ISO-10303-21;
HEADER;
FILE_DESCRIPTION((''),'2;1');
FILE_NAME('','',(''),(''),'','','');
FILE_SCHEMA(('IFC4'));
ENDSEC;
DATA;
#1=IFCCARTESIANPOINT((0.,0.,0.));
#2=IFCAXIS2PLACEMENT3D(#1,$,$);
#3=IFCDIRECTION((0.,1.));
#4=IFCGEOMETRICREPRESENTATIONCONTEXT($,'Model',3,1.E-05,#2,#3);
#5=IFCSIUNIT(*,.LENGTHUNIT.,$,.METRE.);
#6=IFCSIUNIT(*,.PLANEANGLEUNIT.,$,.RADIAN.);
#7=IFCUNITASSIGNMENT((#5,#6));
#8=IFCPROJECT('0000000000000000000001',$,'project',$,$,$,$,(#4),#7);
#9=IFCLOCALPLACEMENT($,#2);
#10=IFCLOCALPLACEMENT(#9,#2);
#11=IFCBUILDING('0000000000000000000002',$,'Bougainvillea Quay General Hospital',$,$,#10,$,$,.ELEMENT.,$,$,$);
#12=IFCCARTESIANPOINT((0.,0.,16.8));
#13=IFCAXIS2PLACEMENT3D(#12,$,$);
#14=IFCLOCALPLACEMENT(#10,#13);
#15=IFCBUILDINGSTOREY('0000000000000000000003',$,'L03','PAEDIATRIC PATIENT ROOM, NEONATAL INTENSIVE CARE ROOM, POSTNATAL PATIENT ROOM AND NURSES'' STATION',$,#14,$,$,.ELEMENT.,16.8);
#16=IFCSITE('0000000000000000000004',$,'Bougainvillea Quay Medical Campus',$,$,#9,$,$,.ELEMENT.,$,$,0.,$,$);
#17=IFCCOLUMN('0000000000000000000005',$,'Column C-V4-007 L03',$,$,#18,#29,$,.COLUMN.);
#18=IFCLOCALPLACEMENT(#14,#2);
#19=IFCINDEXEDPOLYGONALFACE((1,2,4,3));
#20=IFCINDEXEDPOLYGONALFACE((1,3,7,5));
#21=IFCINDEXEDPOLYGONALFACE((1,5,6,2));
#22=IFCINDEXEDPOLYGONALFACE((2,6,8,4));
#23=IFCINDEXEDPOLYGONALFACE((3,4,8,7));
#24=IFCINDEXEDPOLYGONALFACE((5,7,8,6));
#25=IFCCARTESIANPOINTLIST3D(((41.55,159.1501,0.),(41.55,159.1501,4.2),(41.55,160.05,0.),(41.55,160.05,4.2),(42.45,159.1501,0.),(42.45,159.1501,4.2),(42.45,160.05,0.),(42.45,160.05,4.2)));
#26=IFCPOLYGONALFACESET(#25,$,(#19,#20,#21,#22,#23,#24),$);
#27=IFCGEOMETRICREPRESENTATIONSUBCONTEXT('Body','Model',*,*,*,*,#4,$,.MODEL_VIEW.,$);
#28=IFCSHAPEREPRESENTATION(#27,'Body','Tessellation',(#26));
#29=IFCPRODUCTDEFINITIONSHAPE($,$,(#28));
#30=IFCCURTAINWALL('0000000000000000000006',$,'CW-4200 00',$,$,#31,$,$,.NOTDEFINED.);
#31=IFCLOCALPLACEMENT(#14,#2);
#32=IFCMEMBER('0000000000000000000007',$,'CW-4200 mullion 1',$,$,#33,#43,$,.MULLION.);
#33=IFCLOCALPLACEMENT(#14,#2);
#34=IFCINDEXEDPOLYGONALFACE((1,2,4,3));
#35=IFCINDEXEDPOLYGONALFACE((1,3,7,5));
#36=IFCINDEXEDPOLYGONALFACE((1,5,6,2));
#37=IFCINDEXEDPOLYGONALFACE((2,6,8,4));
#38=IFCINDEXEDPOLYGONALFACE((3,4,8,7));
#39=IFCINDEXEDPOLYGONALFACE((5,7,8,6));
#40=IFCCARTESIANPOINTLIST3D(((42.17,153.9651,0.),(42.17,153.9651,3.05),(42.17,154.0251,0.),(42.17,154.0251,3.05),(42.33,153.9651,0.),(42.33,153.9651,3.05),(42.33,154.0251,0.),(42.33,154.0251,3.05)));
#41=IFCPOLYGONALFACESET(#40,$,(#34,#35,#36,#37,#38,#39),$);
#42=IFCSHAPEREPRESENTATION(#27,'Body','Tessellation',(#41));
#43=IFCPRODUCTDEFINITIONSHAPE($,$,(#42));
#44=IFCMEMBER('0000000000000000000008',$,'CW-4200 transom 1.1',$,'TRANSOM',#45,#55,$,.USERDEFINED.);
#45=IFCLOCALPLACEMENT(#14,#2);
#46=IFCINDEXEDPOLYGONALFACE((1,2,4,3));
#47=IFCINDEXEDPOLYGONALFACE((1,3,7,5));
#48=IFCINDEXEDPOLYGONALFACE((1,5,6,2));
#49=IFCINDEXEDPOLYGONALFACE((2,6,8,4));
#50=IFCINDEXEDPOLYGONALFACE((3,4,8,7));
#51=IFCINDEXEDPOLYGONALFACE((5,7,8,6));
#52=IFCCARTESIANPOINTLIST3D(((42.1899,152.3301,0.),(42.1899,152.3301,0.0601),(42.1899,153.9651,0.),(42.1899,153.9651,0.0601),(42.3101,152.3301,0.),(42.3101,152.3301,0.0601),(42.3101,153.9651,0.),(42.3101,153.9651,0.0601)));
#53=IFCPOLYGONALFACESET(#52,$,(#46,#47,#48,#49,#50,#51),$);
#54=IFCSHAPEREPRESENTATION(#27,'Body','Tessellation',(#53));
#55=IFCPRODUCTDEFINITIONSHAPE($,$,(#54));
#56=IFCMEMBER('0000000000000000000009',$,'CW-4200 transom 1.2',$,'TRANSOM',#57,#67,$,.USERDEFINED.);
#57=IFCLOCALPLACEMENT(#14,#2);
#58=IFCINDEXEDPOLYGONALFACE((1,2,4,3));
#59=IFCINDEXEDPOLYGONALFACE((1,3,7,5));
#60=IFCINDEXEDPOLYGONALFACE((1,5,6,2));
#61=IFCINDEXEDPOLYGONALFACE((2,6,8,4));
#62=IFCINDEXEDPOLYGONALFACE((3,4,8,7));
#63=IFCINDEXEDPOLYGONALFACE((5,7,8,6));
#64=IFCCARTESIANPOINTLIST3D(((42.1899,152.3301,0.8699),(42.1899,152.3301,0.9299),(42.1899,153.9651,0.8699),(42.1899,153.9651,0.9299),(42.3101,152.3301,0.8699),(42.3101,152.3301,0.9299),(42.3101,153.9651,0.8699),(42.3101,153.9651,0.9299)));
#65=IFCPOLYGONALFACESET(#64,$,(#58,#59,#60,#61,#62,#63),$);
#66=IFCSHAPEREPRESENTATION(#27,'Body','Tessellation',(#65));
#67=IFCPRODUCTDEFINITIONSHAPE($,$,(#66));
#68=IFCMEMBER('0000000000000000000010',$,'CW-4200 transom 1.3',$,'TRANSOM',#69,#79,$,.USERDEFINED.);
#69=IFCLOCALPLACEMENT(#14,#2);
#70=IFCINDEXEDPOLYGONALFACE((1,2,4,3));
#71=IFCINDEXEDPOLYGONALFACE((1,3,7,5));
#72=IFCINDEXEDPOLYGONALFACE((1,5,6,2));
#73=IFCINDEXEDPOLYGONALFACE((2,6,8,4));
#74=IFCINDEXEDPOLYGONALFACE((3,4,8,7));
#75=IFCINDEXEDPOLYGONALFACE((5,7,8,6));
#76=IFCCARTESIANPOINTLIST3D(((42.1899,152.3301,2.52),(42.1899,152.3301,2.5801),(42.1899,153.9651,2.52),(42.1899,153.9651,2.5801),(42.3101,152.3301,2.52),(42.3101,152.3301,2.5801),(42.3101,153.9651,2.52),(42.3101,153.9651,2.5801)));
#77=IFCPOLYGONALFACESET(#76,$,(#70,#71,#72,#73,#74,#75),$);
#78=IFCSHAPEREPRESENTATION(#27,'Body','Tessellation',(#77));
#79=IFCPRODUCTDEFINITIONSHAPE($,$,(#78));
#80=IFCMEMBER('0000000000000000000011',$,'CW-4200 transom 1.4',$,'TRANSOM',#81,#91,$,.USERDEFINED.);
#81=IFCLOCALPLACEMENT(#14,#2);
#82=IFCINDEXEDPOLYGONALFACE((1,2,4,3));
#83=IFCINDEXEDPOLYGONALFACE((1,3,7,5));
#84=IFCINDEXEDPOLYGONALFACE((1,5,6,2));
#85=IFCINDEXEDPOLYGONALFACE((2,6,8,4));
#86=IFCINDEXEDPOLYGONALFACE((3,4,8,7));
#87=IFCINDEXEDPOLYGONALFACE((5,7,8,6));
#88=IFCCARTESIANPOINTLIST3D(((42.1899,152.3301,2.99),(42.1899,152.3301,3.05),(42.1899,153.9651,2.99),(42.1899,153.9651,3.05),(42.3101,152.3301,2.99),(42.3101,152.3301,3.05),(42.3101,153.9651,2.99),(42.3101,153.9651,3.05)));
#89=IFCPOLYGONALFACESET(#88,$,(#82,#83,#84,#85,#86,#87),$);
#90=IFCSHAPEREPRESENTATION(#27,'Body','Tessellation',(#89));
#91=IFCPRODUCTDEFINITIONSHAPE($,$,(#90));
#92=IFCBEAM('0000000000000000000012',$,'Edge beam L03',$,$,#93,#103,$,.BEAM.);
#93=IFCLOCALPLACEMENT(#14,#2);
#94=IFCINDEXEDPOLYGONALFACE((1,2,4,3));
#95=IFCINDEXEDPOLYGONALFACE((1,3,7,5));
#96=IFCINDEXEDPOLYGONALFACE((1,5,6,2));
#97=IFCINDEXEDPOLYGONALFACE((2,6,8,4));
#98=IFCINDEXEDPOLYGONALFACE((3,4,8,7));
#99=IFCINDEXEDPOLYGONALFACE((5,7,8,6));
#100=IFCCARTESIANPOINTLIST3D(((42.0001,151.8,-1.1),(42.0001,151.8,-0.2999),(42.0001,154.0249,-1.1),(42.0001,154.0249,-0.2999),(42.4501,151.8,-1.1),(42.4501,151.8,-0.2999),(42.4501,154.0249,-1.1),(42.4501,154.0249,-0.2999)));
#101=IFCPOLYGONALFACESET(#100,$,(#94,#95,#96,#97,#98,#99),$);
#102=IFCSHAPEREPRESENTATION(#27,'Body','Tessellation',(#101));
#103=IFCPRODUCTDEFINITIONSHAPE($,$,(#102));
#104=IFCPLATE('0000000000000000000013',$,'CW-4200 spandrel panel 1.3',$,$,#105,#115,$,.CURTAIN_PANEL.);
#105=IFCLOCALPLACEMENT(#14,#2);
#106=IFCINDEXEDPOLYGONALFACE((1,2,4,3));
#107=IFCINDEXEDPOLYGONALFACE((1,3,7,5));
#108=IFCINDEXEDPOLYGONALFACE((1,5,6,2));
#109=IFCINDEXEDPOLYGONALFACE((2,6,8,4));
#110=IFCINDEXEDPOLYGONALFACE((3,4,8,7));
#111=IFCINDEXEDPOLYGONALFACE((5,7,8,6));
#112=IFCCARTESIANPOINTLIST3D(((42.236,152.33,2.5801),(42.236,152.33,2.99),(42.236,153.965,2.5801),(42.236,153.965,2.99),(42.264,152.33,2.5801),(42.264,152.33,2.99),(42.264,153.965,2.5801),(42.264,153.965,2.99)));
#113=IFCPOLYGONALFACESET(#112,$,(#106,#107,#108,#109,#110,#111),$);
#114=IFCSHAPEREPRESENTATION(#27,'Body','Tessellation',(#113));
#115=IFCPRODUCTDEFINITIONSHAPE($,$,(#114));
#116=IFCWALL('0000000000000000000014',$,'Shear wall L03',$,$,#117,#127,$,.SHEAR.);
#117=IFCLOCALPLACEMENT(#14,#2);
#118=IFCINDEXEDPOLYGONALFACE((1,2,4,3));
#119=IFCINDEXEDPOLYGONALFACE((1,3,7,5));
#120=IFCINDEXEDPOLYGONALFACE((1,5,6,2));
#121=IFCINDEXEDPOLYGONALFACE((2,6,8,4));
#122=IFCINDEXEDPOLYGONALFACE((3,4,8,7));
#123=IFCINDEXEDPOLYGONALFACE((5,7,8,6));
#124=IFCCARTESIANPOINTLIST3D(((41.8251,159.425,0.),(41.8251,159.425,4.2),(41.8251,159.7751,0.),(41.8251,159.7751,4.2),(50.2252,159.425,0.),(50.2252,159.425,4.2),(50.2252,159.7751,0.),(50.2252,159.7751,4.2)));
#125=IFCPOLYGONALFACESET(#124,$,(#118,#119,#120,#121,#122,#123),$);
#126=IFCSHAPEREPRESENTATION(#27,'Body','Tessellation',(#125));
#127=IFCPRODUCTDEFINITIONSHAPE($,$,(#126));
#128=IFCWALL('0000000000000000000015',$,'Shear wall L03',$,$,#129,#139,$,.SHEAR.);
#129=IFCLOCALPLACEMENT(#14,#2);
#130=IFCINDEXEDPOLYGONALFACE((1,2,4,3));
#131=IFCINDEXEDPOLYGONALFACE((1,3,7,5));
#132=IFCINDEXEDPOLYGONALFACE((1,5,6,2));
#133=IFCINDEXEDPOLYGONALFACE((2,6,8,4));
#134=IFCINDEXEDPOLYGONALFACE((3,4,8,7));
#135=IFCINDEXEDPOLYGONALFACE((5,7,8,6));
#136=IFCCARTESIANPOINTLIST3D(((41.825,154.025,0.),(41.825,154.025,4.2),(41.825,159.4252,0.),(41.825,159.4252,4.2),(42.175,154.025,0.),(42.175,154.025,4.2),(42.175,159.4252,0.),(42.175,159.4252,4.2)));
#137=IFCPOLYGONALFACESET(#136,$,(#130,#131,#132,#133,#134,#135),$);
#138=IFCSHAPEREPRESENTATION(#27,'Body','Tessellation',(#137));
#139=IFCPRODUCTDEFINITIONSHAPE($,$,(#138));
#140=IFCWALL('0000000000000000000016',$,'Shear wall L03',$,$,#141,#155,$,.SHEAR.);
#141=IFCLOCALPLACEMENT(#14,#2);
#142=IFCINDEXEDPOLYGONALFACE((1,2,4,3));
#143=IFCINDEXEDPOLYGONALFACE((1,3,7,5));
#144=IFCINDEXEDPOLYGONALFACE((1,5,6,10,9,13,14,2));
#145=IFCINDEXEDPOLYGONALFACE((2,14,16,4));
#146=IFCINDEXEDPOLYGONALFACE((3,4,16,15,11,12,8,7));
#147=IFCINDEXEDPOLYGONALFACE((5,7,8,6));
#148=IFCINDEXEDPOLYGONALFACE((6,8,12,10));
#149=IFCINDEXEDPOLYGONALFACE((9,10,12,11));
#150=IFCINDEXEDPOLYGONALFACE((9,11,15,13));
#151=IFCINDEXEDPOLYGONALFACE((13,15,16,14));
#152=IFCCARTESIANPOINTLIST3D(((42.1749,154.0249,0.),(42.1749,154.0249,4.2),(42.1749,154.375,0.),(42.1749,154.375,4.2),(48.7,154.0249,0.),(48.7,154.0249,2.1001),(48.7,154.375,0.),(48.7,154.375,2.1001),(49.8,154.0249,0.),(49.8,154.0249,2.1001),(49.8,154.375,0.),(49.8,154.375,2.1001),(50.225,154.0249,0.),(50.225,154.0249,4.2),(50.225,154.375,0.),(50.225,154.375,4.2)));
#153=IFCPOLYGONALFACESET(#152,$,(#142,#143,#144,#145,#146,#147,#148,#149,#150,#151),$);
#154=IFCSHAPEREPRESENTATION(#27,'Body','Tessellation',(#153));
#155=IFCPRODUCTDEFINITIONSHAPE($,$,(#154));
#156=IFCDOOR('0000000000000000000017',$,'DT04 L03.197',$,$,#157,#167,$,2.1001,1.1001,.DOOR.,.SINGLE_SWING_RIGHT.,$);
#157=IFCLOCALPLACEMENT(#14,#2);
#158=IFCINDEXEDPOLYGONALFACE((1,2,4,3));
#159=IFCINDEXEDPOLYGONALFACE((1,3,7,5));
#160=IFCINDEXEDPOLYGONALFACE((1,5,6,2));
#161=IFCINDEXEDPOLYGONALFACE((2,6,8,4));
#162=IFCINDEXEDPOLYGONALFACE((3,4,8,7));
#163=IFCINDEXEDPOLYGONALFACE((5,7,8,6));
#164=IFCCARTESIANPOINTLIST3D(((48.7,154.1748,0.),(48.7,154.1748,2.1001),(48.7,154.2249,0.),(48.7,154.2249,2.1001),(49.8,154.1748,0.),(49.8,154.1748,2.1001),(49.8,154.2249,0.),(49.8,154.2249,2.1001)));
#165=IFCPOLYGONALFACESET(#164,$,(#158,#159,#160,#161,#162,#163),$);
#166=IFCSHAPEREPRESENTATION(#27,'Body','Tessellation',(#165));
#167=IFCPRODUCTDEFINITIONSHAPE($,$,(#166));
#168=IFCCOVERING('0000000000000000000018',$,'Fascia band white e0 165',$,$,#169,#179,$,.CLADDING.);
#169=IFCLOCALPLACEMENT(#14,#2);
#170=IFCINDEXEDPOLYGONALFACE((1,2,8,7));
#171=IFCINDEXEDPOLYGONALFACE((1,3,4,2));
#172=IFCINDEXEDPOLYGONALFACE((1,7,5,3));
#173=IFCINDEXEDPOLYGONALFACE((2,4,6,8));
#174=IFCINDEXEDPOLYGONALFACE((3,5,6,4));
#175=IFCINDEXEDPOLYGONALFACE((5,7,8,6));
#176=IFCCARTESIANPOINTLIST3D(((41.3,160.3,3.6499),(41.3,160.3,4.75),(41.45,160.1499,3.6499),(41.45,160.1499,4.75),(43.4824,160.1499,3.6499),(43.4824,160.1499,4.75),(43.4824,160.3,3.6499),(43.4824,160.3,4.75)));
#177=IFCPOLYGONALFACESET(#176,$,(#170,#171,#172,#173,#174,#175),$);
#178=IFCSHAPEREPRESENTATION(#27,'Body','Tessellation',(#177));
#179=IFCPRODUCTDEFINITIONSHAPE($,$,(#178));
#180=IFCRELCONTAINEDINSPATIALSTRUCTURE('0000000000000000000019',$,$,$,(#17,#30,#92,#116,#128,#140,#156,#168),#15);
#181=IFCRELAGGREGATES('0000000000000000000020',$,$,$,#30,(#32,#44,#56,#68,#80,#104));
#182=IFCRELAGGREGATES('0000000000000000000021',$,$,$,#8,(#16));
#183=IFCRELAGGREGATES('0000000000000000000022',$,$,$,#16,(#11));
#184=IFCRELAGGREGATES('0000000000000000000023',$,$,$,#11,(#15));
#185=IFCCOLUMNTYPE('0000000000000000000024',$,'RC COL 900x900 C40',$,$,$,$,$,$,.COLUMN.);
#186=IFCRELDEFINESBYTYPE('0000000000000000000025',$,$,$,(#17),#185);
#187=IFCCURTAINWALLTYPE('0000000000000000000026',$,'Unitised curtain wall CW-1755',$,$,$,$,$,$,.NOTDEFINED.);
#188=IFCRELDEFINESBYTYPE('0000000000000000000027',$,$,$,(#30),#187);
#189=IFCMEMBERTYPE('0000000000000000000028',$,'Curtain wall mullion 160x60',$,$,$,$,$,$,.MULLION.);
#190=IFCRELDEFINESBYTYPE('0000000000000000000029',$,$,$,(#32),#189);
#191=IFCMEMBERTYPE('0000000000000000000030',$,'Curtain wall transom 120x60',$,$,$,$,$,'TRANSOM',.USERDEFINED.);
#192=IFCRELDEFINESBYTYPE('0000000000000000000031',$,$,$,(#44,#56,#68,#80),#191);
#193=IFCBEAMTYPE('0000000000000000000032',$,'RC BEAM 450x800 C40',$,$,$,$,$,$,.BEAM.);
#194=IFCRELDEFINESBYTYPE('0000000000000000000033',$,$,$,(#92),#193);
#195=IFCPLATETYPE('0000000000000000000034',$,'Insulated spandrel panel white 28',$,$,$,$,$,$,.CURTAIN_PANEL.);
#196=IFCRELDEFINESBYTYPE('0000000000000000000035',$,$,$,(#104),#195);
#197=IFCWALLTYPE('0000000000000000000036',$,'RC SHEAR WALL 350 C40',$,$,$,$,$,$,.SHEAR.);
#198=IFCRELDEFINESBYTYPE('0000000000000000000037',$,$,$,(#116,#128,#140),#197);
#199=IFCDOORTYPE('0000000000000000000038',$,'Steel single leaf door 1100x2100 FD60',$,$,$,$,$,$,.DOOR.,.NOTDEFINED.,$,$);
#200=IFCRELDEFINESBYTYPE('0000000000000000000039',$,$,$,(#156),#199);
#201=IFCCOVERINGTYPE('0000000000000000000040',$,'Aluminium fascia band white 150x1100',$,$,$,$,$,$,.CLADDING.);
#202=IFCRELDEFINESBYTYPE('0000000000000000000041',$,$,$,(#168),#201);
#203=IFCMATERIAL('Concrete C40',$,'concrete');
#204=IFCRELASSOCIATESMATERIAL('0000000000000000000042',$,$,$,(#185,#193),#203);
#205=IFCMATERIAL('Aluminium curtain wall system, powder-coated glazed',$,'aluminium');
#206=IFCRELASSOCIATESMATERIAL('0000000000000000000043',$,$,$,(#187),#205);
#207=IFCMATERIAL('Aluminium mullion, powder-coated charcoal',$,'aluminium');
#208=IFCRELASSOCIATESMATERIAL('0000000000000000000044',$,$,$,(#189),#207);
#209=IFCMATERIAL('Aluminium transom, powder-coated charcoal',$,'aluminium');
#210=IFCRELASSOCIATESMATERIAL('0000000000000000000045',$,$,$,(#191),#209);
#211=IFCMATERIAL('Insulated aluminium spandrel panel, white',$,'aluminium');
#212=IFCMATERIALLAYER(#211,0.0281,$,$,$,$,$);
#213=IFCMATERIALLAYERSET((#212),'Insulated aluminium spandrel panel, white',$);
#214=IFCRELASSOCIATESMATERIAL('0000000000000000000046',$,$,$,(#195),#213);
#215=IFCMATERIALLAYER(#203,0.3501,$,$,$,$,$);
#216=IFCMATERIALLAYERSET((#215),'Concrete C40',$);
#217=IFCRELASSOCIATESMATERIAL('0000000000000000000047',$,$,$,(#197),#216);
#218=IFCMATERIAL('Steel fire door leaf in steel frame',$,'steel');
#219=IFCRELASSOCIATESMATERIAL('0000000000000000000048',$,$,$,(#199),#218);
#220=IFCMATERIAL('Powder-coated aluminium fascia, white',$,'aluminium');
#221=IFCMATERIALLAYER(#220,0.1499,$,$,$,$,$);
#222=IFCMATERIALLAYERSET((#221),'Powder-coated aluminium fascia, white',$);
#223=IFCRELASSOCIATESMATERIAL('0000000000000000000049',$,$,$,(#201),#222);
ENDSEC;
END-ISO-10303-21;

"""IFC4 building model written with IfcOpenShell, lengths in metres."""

from ifc_helpers import new_model, si_unit, direction, frame, frame_2d, origin, origin_2d, place, context, subcontext, project, spatial, polyline, rectangle, outline, extrude, material, layer, layer_set, material_profile, profile_set, type_object, element, fill, aggregate, save


model = new_model("IFC4")

# Units and contexts
model_context = context("Model", 3, precision=1e-05, world=origin(), true_north=direction((0.0, 1.0)))
body_context = subcontext(model_context, "Body", "Model", "MODEL_VIEW")
ifc_project = project(units=[si_unit("LENGTHUNIT", "METRE"), si_unit("PLANEANGLEUNIT", "RADIAN")], contexts=[model_context])

# Site, building, storey
site_placement = place(None, origin())
site = spatial("IfcSite", under=ifc_project, at=site_placement, Name="Bougainvillea Quay Medical Campus", CompositionType="ELEMENT", RefElevation=0.0)
building_placement = place(site_placement, origin())
building = spatial("IfcBuilding", under=site, at=building_placement, Name="Bougainvillea Quay General Hospital", CompositionType="ELEMENT")
storey_placement = place(building_placement, frame((0.0, 0.0, 16.8)))
storey = spatial("IfcBuildingStorey", under=building, at=storey_placement, Name="L03", Description="PAEDIATRIC PATIENT ROOM, NEONATAL INTENSIVE CARE ROOM, POSTNATAL PATIENT ROOM AND NURSES' STATION", CompositionType="ELEMENT", Elevation=16.8)

# Column
ifc_material_1 = material(Name="Concrete C40", Category="concrete")
ifc_material_profile_1 = material_profile(ifc_material_1, rectangle(XDim=0.8999, YDim=0.8999, at=origin_2d()))
ifc_profile_set_1 = profile_set([ifc_material_profile_1], Name="Concrete C40")
column_type = type_object("IfcColumnType", Name="RC COL 900x900 C40", PredefinedType="COLUMN", material=ifc_profile_set_1)
column_placement = place(storey_placement, frame((42.0, 159.6001, 0.0), z_axis=(0.0, 0.0, 1.0), x_axis=(1.0, 0.0, 0.0)))
element("IfcColumn", 1, at=column_placement, inside=storey, type_object=column_type, Name="Column C-V4-007 L03", PredefinedType="COLUMN", context=body_context, shape_type="SweptSolid", body=[
    extrude(rectangle(XDim=0.8999, YDim=0.8999, at=origin_2d()), origin(), (0.0, 0.0, 1.0), 4.2),
])

# Curtain wall, members
ifc_material_2 = material(Name="Aluminium curtain wall system, powder-coated glazed", Category="aluminium")
curtain_wall_type = type_object("IfcCurtainWallType", Name="Unitised curtain wall CW-1755", PredefinedType="NOTDEFINED", material=ifc_material_2)
curtain_wall_placement = place(storey_placement, origin())
curtain_wall = element("IfcCurtainWall", 2, at=curtain_wall_placement, inside=storey, type_object=curtain_wall_type, Name="CW-4200 00", PredefinedType="NOTDEFINED")
ifc_material_3 = material(Name="Aluminium mullion, powder-coated charcoal", Category="aluminium")
ifc_material_profile_2 = material_profile(ifc_material_3, rectangle(XDim=0.1599, YDim=0.0601, at=origin_2d()))
ifc_profile_set_2 = profile_set([ifc_material_profile_2], Name="Aluminium mullion, powder-coated charcoal")
member_type_1 = type_object("IfcMemberType", Name="Curtain wall mullion 160x60", PredefinedType="MULLION", material=ifc_profile_set_2)
member_1_placement = place(storey_placement, frame((42.25, 153.9951, 0.0), z_axis=(0.0, 0.0, 1.0), x_axis=(1.0, 0.0, 0.0)))
member_1 = element("IfcMember", 3, at=member_1_placement, type_object=member_type_1, Name="CW-4200 mullion 1", PredefinedType="MULLION", context=body_context, shape_type="SweptSolid", body=[
    extrude(rectangle(XDim=0.1599, YDim=0.0601, at=origin_2d()), origin(), (0.0, 0.0, 1.0), 3.05),
])
ifc_material_4 = material(Name="Aluminium transom, powder-coated charcoal", Category="aluminium")
ifc_material_profile_3 = material_profile(ifc_material_4, rectangle(XDim=0.1201, YDim=0.0601, at=origin_2d()))
ifc_profile_set_3 = profile_set([ifc_material_profile_3], Name="Aluminium transom, powder-coated charcoal")
member_type_2 = type_object("IfcMemberType", Name="Curtain wall transom 120x60", ElementType="TRANSOM", PredefinedType="USERDEFINED", material=ifc_profile_set_3)
member_2_placement = place(storey_placement, frame((42.25, 153.9651, 0.03), z_axis=(0.0, -1.0, 0.0), x_axis=(1.0, 0.0, 0.0)))
member_2 = element("IfcMember", 4, at=member_2_placement, type_object=member_type_2, Name="CW-4200 transom 1.1", ObjectType="TRANSOM", PredefinedType="USERDEFINED", context=body_context, shape_type="SweptSolid", body=[
    extrude(rectangle(XDim=0.1201, YDim=0.0601, at=origin_2d()), origin(), (0.0, 0.0, 1.0), 1.635),
])
member_3_placement = place(storey_placement, frame((42.25, 153.9651, 0.8999), z_axis=(0.0, -1.0, 0.0), x_axis=(1.0, 0.0, 0.0)))
member_3 = element("IfcMember", 5, at=member_3_placement, type_object=member_type_2, Name="CW-4200 transom 1.2", ObjectType="TRANSOM", PredefinedType="USERDEFINED", context=body_context, shape_type="SweptSolid", body=[
    extrude(rectangle(XDim=0.1201, YDim=0.0601, at=origin_2d()), origin(), (0.0, 0.0, 1.0), 1.635),
])
member_4_placement = place(storey_placement, frame((42.25, 153.9651, 2.55), z_axis=(0.0, -1.0, 0.0), x_axis=(1.0, 0.0, 0.0)))
member_4 = element("IfcMember", 6, at=member_4_placement, type_object=member_type_2, Name="CW-4200 transom 1.3", ObjectType="TRANSOM", PredefinedType="USERDEFINED", context=body_context, shape_type="SweptSolid", body=[
    extrude(rectangle(XDim=0.1201, YDim=0.0601, at=origin_2d()), origin(), (0.0, 0.0, 1.0), 1.635),
])
member_5_placement = place(storey_placement, frame((42.25, 153.9651, 3.02), z_axis=(0.0, -1.0, 0.0), x_axis=(1.0, 0.0, 0.0)))
member_5 = element("IfcMember", 7, at=member_5_placement, type_object=member_type_2, Name="CW-4200 transom 1.4", ObjectType="TRANSOM", PredefinedType="USERDEFINED", context=body_context, shape_type="SweptSolid", body=[
    extrude(rectangle(XDim=0.1201, YDim=0.0601, at=origin_2d()), origin(), (0.0, 0.0, 1.0), 1.635),
])

# Beam
ifc_material_profile_4 = material_profile(ifc_material_1, rectangle(XDim=0.45, YDim=0.8, at=origin_2d()))
ifc_profile_set_4 = profile_set([ifc_material_profile_4], Name="Concrete C40")
beam_type = type_object("IfcBeamType", Name="RC BEAM 450x800 C40", PredefinedType="BEAM", material=ifc_profile_set_4)
beam_placement = place(storey_placement, frame((42.2251, 154.0249, -0.7), z_axis=(0.0, -1.0, 0.0), x_axis=(1.0, 0.0, 0.0)))
element("IfcBeam", 8, at=beam_placement, inside=storey, type_object=beam_type, Name="Edge beam L03", PredefinedType="BEAM", context=body_context, shape_type="SweptSolid", body=[
    extrude(rectangle(XDim=0.45, YDim=0.8, at=origin_2d()), origin(), (0.0, 0.0, 1.0), 2.2249),
])

# Plate
ifc_material_5 = material(Name="Insulated aluminium spandrel panel, white", Category="aluminium")
ifc_layer_1 = layer(ifc_material_5, 0.0281)
ifc_layer_set_1 = layer_set([ifc_layer_1], Name="Insulated aluminium spandrel panel, white")
plate_type = type_object("IfcPlateType", Name="Insulated spandrel panel white 28", PredefinedType="CURTAIN_PANEL", material=ifc_layer_set_1)
plate_placement = place(storey_placement, frame((42.25, 153.1475, 2.5801), z_axis=(0.0, 0.0, 1.0), x_axis=(0.0, -1.0, 0.0)))
plate = element("IfcPlate", 9, at=plate_placement, type_object=plate_type, Name="CW-4200 spandrel panel 1.3", PredefinedType="CURTAIN_PANEL", context=body_context, shape_type="SweptSolid", body=[
    extrude(rectangle(XDim=1.635, YDim=0.0281, at=origin_2d()), origin(), (0.0, 0.0, 1.0), 0.4099),
])
aggregate(curtain_wall, [member_1, member_2, member_3, member_4, member_5, plate])

# Walls
ifc_layer_2 = layer(ifc_material_1, 0.3501)
ifc_layer_set_2 = layer_set([ifc_layer_2], Name="Concrete C40")
wall_type = type_object("IfcWallType", Name="RC SHEAR WALL 350 C40", PredefinedType="SHEAR", material=ifc_layer_set_2)
wall_1_placement = place(storey_placement, frame((41.825, 159.6001, 0.0), z_axis=(0.0, 0.0, 1.0), x_axis=(1.0, 0.0, 0.0)))
element("IfcWall", 10, at=wall_1_placement, inside=storey, type_object=wall_type, Name="Shear wall L03", PredefinedType="SHEAR", context=body_context, shape_type="SweptSolid", body=[
    extrude(rectangle(XDim=8.4001, YDim=0.3501, at=frame_2d((4.2002, 0.0))), origin(), (0.0, 0.0, 1.0), 4.2),
])
wall_2_placement = place(storey_placement, frame((42.0, 154.0249, 0.0), z_axis=(0.0, 0.0, 1.0), x_axis=(0.0, 1.0, 0.0)))
element("IfcWall", 11, at=wall_2_placement, inside=storey, type_object=wall_type, Name="Shear wall L03", PredefinedType="SHEAR", context=body_context, shape_type="SweptSolid", body=[
    extrude(rectangle(XDim=5.4001, YDim=0.3501, at=frame_2d((2.7002, 0.0))), origin(), (0.0, 0.0, 1.0), 4.2),
])

# Wall, opening, door
wall_3_placement = place(storey_placement, frame((42.175, 154.2, 0.0), z_axis=(0.0, 0.0, 1.0), x_axis=(1.0, 0.0, 0.0)))
wall_3 = element("IfcWall", 12, at=wall_3_placement, inside=storey, type_object=wall_type, Name="Shear wall L03", PredefinedType="SHEAR", context=body_context, shape_type="SweptSolid", body=[
    extrude(rectangle(XDim=8.05, YDim=0.3501, at=frame_2d((4.0249, 0.0))), origin(), (0.0, 0.0, 1.0), 4.2),
])
opening_placement = place(wall_3_placement, frame((6.5249, 0.0, 0.0)))
opening = element("IfcOpeningElement", 13, at=opening_placement, cuts=wall_3, PredefinedType="OPENING", context=body_context, shape_type="SweptSolid", body=[
    extrude(rectangle(XDim=1.1001, YDim=2.1001, at=frame_2d((0.55, 1.05))), frame((0.0, 0.1851, 0.0), z_axis=(0.0, -1.0, 0.0), x_axis=(1.0, 0.0, 0.0)), (0.0, 0.0, 1.0), 0.3701),
])
ifc_material_6 = material(Name="Steel fire door leaf in steel frame", Category="steel")
door_type = type_object("IfcDoorType", Name="Steel single leaf door 1100x2100 FD60", OperationType="NOTDEFINED", PredefinedType="DOOR", material=ifc_material_6)
door_placement = place(opening_placement, origin())
door = element("IfcDoor", 14, at=door_placement, inside=storey, type_object=door_type, Name="DT04 L03.197", OperationType="SINGLE_SWING_RIGHT", OverallHeight=2.1001, OverallWidth=1.1001, PredefinedType="DOOR", context=body_context, shape_type="SweptSolid", body=[
    extrude(rectangle(XDim=1.1001, YDim=2.1001, at=frame_2d((0.55, 1.05))), frame((0.0, 0.0249, 0.0), z_axis=(0.0, -1.0, 0.0), x_axis=(1.0, 0.0, 0.0)), (0.0, 0.0, 1.0), 0.05),
])
fill(opening, door)

# Covering
ifc_material_7 = material(Name="Powder-coated aluminium fascia, white", Category="aluminium")
ifc_layer_3 = layer(ifc_material_7, 0.1499)
ifc_layer_set_3 = layer_set([ifc_layer_3], Name="Powder-coated aluminium fascia, white")
covering_type = type_object("IfcCoveringType", Name="Aluminium fascia band white 150x1100", PredefinedType="CLADDING", material=ifc_layer_set_3)
covering_1_placement = place(storey_placement, frame((43.4824, 160.1499, 3.6499), z_axis=(0.0, 0.0, 1.0), x_axis=(-1.0, 0.0, 0.0)))
element("IfcCovering", 15, at=covering_1_placement, inside=storey, type_object=covering_type, Name="Fascia band white e0 165", PredefinedType="CLADDING", context=body_context, shape_type="SweptSolid", body=[
    extrude(outline(polyline([(0.0, 0.0), (2.0325, 0.0), (2.1824, -0.1501), (0.0, -0.1501), (0.0, 0.0)])), origin(), (0.0, 0.0, 1.0), 1.1001),
])

save(model, "model.ifc")
